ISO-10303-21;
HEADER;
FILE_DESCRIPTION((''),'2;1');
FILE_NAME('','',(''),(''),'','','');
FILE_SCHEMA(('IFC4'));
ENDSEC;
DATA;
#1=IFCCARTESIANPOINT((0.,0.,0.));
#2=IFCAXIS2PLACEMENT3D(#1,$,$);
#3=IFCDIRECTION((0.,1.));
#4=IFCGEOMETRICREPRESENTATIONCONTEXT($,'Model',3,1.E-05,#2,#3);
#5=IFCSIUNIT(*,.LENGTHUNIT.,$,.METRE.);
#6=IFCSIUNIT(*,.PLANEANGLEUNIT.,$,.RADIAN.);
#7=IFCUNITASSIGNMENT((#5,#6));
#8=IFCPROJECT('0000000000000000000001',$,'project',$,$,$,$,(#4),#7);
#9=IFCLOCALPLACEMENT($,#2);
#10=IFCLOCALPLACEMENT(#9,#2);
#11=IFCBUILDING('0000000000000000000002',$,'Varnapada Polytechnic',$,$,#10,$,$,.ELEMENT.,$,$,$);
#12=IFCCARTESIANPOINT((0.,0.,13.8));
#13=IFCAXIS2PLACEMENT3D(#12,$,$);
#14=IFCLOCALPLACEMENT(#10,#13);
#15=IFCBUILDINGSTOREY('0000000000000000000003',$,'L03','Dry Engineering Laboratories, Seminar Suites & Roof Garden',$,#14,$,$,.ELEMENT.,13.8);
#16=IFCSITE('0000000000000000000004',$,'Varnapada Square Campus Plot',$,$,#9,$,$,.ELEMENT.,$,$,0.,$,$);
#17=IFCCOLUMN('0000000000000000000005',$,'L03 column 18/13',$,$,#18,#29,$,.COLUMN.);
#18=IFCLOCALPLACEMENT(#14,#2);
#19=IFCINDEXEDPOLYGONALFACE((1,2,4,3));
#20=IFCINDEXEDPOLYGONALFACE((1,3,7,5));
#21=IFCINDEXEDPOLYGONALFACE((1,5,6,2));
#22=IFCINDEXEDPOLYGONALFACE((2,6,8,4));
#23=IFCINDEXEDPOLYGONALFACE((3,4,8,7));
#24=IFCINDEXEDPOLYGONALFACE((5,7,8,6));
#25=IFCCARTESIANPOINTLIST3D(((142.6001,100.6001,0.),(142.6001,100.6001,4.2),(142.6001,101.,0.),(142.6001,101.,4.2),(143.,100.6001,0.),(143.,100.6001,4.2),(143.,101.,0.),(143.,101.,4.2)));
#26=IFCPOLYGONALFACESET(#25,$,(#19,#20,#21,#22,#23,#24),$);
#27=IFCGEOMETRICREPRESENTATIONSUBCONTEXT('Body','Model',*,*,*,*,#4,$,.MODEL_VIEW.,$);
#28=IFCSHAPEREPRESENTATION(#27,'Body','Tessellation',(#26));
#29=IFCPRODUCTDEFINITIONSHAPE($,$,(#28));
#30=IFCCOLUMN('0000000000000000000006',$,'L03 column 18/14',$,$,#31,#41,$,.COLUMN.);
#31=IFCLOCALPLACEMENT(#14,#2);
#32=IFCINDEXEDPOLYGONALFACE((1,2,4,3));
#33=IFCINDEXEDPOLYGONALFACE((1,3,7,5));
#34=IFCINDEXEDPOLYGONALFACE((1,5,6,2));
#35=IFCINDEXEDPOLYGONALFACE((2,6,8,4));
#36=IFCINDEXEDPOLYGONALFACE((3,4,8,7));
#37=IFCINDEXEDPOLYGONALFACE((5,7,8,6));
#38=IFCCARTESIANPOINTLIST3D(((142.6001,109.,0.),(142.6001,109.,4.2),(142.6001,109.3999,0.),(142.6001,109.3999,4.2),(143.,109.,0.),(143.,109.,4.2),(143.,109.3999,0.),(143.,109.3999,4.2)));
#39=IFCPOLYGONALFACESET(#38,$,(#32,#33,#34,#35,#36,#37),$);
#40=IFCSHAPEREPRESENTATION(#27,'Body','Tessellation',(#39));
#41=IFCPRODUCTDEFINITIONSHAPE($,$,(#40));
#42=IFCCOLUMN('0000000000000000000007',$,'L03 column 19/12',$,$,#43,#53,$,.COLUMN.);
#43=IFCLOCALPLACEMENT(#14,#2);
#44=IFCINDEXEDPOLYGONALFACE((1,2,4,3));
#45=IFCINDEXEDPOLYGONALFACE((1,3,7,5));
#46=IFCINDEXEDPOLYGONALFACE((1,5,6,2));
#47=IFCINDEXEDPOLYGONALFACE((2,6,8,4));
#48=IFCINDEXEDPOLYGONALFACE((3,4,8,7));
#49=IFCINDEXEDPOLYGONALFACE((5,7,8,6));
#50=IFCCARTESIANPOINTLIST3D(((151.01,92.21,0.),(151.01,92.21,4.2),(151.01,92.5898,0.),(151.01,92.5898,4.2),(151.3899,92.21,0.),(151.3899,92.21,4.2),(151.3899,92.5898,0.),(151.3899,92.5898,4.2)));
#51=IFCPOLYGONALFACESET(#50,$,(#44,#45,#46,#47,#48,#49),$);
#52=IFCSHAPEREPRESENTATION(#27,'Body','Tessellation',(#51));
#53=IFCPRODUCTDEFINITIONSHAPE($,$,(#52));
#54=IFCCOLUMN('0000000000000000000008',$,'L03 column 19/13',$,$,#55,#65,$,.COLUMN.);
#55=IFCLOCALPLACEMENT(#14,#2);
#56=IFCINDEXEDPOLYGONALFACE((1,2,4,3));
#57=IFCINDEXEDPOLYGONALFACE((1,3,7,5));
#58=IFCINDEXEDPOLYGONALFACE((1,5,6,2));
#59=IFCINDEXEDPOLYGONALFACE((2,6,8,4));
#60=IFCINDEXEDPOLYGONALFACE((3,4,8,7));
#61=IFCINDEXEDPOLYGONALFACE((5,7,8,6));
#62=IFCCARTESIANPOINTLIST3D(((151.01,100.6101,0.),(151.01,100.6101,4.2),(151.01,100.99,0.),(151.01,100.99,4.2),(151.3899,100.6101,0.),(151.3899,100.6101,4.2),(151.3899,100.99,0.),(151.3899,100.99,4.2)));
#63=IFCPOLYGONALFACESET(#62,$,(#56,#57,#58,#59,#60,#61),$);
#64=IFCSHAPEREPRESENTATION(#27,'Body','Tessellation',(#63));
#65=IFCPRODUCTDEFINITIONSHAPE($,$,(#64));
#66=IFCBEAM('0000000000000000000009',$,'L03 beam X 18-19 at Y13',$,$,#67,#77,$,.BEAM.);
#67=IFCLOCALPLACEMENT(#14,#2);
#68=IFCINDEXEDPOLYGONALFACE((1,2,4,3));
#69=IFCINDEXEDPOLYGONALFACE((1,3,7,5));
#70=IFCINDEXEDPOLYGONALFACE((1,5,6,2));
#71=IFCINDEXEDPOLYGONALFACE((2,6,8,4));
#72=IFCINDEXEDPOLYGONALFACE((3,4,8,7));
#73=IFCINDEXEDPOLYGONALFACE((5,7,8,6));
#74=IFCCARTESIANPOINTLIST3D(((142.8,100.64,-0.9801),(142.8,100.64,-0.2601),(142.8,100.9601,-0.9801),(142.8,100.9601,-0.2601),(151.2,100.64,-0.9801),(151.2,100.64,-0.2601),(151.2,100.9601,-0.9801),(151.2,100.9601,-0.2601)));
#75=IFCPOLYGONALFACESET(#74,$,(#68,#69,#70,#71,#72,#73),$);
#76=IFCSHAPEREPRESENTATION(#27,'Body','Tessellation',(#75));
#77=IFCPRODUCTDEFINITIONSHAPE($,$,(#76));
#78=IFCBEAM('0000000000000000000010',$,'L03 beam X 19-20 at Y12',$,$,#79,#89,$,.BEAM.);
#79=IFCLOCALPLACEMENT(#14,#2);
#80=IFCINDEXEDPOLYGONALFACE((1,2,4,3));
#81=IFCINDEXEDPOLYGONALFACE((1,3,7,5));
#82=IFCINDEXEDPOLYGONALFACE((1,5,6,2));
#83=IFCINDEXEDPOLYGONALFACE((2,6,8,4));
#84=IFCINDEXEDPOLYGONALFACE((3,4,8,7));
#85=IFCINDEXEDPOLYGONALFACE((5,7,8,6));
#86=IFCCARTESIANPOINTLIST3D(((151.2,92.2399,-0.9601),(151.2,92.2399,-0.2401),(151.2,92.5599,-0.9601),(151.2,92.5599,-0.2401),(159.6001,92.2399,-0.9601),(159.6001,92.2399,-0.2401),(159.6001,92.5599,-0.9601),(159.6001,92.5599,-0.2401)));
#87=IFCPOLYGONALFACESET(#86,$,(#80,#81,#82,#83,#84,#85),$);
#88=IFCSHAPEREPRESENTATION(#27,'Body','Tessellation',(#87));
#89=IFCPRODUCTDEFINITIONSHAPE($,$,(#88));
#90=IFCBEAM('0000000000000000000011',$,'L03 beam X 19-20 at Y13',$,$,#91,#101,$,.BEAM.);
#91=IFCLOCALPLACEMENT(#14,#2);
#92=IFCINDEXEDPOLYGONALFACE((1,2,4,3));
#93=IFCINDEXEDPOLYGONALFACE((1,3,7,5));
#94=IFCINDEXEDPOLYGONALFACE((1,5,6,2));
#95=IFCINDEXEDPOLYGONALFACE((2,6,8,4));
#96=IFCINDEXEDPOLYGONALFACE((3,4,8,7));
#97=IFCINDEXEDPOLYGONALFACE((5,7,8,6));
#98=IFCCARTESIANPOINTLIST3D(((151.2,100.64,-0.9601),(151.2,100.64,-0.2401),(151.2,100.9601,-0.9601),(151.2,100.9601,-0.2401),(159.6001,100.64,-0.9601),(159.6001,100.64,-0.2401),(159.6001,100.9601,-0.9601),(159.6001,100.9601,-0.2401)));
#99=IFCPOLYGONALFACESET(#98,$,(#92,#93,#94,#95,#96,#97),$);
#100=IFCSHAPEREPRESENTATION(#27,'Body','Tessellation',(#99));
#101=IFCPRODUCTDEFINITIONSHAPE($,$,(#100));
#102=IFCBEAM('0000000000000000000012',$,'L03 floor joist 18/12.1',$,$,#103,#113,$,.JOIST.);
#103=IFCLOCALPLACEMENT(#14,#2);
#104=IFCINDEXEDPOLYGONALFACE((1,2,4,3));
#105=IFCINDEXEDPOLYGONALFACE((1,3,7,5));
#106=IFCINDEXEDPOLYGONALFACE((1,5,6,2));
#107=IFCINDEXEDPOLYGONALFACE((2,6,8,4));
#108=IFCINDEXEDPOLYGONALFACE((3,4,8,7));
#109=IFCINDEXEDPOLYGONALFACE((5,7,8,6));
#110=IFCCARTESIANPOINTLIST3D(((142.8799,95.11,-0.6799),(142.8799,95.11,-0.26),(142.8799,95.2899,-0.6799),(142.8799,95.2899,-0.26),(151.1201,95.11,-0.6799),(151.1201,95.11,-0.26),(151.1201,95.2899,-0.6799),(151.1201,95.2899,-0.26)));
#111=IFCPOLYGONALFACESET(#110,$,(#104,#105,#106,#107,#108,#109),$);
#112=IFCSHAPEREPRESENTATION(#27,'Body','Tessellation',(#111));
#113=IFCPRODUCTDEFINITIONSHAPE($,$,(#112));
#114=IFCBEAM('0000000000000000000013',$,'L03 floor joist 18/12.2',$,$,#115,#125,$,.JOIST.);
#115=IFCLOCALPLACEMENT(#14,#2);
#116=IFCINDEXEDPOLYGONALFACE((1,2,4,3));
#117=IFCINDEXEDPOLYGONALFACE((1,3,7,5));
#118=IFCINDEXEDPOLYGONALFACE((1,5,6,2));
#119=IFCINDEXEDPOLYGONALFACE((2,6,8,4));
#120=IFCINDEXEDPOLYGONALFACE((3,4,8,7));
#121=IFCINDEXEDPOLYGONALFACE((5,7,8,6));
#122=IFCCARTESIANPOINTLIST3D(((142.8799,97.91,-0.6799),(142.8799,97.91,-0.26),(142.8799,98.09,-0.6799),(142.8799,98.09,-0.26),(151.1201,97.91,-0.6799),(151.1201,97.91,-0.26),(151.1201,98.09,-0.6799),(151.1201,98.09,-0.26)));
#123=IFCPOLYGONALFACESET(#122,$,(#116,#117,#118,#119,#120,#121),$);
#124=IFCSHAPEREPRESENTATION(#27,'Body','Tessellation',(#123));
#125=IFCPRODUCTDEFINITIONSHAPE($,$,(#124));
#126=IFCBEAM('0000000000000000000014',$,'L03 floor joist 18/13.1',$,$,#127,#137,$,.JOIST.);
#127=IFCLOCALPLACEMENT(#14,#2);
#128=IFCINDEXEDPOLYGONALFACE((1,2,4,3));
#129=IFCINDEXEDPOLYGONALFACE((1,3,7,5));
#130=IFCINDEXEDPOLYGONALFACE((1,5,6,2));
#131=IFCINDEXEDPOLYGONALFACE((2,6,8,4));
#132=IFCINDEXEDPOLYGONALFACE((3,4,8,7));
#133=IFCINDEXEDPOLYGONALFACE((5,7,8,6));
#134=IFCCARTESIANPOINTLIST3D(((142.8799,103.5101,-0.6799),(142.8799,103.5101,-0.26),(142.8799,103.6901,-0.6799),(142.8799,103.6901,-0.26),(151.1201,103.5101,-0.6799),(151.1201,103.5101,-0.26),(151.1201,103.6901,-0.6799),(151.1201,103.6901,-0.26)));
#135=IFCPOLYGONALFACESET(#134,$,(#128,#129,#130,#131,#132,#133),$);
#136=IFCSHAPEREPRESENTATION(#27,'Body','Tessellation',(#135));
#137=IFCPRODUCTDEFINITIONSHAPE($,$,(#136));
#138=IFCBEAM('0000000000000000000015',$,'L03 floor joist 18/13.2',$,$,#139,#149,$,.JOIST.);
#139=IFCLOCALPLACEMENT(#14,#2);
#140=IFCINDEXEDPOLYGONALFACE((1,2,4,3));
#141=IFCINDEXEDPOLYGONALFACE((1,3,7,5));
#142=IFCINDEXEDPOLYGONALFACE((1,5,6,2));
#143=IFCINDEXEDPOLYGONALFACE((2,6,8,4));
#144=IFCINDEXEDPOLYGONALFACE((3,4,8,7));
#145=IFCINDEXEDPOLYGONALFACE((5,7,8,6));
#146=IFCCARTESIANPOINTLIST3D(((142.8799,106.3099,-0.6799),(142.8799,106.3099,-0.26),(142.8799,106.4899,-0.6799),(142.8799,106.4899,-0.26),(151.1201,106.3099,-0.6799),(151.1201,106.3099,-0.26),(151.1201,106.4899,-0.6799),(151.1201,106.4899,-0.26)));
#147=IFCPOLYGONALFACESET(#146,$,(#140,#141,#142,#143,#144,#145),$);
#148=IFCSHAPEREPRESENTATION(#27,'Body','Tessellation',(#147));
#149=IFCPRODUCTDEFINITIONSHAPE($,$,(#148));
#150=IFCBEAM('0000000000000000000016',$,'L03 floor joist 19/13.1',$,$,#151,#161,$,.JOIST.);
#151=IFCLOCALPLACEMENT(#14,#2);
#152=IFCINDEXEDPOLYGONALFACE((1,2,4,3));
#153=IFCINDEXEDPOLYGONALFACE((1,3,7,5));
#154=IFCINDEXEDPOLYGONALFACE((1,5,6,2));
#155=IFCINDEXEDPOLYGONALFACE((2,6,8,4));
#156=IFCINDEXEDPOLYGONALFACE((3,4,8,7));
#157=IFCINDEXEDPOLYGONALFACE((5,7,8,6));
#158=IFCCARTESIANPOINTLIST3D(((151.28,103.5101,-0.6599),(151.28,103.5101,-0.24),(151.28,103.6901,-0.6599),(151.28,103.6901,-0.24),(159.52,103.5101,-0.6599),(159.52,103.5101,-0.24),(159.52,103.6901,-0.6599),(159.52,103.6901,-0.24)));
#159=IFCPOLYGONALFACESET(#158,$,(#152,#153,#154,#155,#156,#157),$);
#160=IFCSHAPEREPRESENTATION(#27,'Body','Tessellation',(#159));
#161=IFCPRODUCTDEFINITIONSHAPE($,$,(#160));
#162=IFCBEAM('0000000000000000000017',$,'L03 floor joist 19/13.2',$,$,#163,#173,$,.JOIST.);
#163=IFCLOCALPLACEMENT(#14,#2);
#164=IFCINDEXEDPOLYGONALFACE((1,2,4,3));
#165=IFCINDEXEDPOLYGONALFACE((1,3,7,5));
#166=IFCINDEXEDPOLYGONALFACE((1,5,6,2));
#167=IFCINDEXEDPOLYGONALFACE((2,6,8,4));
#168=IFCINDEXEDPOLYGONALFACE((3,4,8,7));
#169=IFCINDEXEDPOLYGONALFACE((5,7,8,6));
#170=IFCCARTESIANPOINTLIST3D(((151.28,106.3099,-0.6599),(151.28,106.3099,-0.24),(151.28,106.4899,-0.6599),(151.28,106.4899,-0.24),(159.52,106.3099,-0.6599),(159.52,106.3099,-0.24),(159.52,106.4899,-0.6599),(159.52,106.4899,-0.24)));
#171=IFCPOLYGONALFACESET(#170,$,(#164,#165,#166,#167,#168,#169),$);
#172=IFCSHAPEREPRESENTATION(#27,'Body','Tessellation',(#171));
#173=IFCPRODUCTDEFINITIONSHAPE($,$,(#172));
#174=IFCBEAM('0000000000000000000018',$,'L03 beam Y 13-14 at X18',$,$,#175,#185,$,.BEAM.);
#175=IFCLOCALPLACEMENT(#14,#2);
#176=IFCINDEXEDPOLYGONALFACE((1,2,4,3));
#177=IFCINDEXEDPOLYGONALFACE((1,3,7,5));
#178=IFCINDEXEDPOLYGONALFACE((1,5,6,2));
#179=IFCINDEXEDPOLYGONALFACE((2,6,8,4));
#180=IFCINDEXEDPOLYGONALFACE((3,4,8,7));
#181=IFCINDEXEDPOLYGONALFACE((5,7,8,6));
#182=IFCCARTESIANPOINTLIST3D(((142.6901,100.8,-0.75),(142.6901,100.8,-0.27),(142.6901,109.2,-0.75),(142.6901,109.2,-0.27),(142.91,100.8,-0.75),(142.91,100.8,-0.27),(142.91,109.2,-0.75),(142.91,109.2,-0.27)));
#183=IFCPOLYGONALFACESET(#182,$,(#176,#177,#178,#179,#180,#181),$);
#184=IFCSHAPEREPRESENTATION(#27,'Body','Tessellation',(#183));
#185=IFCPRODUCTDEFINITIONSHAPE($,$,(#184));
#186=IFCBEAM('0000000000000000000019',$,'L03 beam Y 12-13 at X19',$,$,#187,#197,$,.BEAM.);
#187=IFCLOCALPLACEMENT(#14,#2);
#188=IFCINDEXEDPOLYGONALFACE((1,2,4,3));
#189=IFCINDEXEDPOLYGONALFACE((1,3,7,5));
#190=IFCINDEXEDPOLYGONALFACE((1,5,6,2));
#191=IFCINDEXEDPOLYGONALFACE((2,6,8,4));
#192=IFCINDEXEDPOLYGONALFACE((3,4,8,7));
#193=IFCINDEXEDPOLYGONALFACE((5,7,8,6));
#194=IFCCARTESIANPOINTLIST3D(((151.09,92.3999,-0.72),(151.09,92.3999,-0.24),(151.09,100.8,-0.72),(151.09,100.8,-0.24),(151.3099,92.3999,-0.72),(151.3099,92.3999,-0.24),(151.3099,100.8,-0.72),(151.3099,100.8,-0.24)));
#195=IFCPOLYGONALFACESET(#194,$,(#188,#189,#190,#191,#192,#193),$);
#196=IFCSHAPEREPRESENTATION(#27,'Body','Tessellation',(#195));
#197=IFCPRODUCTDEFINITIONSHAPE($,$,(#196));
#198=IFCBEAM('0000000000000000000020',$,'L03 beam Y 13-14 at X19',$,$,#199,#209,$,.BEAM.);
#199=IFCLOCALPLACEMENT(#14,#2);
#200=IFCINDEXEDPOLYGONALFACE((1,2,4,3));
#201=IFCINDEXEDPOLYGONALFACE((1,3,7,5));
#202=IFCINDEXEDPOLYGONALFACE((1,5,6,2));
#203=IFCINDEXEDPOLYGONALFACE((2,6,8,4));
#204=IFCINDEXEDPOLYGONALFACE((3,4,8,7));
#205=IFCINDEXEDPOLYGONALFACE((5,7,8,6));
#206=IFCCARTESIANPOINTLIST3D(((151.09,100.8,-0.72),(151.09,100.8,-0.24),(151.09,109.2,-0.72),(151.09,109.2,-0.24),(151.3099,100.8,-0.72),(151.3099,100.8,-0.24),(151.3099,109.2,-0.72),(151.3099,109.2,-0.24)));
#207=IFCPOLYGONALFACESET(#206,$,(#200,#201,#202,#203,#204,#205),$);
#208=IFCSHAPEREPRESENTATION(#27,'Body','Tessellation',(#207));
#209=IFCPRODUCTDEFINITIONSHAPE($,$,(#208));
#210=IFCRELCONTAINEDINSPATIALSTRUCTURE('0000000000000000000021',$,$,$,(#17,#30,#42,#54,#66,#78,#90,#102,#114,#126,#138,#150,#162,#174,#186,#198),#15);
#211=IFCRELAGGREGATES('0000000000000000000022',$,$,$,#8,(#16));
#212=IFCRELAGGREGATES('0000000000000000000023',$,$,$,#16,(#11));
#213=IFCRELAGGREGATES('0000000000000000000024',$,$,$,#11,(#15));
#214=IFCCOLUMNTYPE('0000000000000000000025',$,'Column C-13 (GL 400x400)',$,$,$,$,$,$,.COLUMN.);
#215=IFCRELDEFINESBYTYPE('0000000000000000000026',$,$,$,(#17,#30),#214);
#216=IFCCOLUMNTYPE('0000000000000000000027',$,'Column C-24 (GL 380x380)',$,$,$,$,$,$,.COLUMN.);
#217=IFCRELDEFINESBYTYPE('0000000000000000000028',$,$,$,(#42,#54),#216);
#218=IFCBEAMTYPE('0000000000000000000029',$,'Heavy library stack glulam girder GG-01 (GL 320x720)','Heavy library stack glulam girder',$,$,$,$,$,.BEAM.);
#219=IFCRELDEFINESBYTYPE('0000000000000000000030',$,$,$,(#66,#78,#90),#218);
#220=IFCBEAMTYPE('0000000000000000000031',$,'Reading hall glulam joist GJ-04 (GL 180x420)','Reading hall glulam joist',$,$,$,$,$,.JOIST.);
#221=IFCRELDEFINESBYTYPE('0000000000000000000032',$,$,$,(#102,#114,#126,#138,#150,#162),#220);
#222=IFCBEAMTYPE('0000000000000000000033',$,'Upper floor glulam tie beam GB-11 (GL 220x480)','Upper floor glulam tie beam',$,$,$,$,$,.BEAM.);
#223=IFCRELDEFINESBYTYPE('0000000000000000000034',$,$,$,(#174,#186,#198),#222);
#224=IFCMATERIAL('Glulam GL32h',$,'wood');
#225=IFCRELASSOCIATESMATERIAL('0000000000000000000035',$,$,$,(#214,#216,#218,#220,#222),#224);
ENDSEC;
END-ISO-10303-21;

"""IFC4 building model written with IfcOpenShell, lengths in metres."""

from ifc_helpers import new_model, si_unit, direction, frame, origin, origin_2d, place, context, subcontext, project, spatial, rectangle, extrude, material, material_profile, profile_set, type_object, element, save


model = new_model("IFC4")

# Units and contexts
model_context = context("Model", 3, precision=1e-05, world=origin(), true_north=direction((0.0, 1.0)))
body_context = subcontext(model_context, "Body", "Model", "MODEL_VIEW")
ifc_project = project(units=[si_unit("LENGTHUNIT", "METRE"), si_unit("PLANEANGLEUNIT", "RADIAN")], contexts=[model_context])

# Site, building, storey
site_placement = place(None, origin())
site = spatial("IfcSite", under=ifc_project, at=site_placement, Name="Varnapada Square Campus Plot", CompositionType="ELEMENT", RefElevation=0.0)
building_placement = place(site_placement, origin())
building = spatial("IfcBuilding", under=site, at=building_placement, Name="Varnapada Polytechnic", CompositionType="ELEMENT")
storey_placement = place(building_placement, frame((0.0, 0.0, 13.8)))
storey = spatial("IfcBuildingStorey", under=building, at=storey_placement, Name="L03", Description="Dry Engineering Laboratories, Seminar Suites & Roof Garden", CompositionType="ELEMENT", Elevation=13.8)

# Columns
ifc_material_1 = material(Name="Glulam GL32h", Category="wood")
ifc_material_profile_1 = material_profile(ifc_material_1, rectangle(XDim=0.3999, YDim=0.3999, at=origin_2d()), Name="GL 400x400")
ifc_profile_set_1 = profile_set([ifc_material_profile_1], Name="Glulam GL32h")
column_type_1 = type_object("IfcColumnType", Name="Column C-13 (GL 400x400)", PredefinedType="COLUMN", material=ifc_profile_set_1)
for number, where, z_axis, x_axis, name in (
    (1, (142.8, 100.8, 0.0), (0.0, 0.0, 1.0), (1.0, 0.0, 0.0), "L03 column 18/13"),
    (2, (142.8, 109.2, 0.0), (0.0, 0.0, 1.0), (1.0, 0.0, 0.0), "L03 column 18/14"),
):
    element("IfcColumn", number, at=place(storey_placement, frame(where, z_axis=z_axis, x_axis=x_axis)), inside=storey, type_object=column_type_1, Name=name, PredefinedType="COLUMN", context=body_context, shape_type="SweptSolid", body=[
        extrude(rectangle(XDim=0.3999, YDim=0.3999, at=origin_2d()), origin(), (0.0, 0.0, 1.0), 4.2),
    ])
ifc_material_profile_2 = material_profile(ifc_material_1, rectangle(XDim=0.3799, YDim=0.3799, at=origin_2d()), Name="GL 380x380")
ifc_profile_set_2 = profile_set([ifc_material_profile_2], Name="Glulam GL32h")
column_type_2 = type_object("IfcColumnType", Name="Column C-24 (GL 380x380)", PredefinedType="COLUMN", material=ifc_profile_set_2)
for number, where, z_axis, x_axis, name in (
    (3, (151.2, 92.3999, 0.0), (0.0, 0.0, 1.0), (1.0, 0.0, 0.0), "L03 column 19/12"),
    (4, (151.2, 100.8, 0.0), (0.0, 0.0, 1.0), (1.0, 0.0, 0.0), "L03 column 19/13"),
):
    element("IfcColumn", number, at=place(storey_placement, frame(where, z_axis=z_axis, x_axis=x_axis)), inside=storey, type_object=column_type_2, Name=name, PredefinedType="COLUMN", context=body_context, shape_type="SweptSolid", body=[
        extrude(rectangle(XDim=0.3799, YDim=0.3799, at=origin_2d()), origin(), (0.0, 0.0, 1.0), 4.2),
    ])

# Beams
ifc_material_profile_3 = material_profile(ifc_material_1, rectangle(XDim=0.3201, YDim=0.72, at=origin_2d()), Name="GL 320x720")
ifc_profile_set_3 = profile_set([ifc_material_profile_3], Name="Glulam GL32h")
beam_type_1 = type_object("IfcBeamType", Name="Heavy library stack glulam girder GG-01 (GL 320x720)", Description="Heavy library stack glulam girder", PredefinedType="BEAM", material=ifc_profile_set_3)
beam_1_placement = place(storey_placement, frame((142.8, 100.8, -0.6201), z_axis=(1.0, 0.0, 0.0), x_axis=(0.0, 1.0, 0.0)))
element("IfcBeam", 5, at=beam_1_placement, inside=storey, type_object=beam_type_1, Name="L03 beam X 18-19 at Y13", PredefinedType="BEAM", context=body_context, shape_type="SweptSolid", body=[
    extrude(rectangle(XDim=0.3201, YDim=0.72, at=origin_2d()), origin(), (0.0, 0.0, 1.0), 8.3999),
])
for number, where, z_axis, x_axis, name in (
    (6, (151.2, 92.3999, -0.6001), (1.0, 0.0, 0.0), (0.0, 1.0, 0.0), "L03 beam X 19-20 at Y12"),
    (7, (151.2, 100.8, -0.6001), (1.0, 0.0, 0.0), (0.0, 1.0, 0.0), "L03 beam X 19-20 at Y13"),
):
    element("IfcBeam", number, at=place(storey_placement, frame(where, z_axis=z_axis, x_axis=x_axis)), inside=storey, type_object=beam_type_1, Name=name, PredefinedType="BEAM", context=body_context, shape_type="SweptSolid", body=[
        extrude(rectangle(XDim=0.3201, YDim=0.72, at=origin_2d()), origin(), (0.0, 0.0, 1.0), 8.4001),
    ])
ifc_material_profile_4 = material_profile(ifc_material_1, rectangle(XDim=0.1799, YDim=0.4199, at=origin_2d()), Name="GL 180x420")
ifc_profile_set_4 = profile_set([ifc_material_profile_4], Name="Glulam GL32h")
beam_type_2 = type_object("IfcBeamType", Name="Reading hall glulam joist GJ-04 (GL 180x420)", Description="Reading hall glulam joist", PredefinedType="JOIST", material=ifc_profile_set_4)
for number, where, z_axis, x_axis, name in (
    (8, (142.8799, 95.2, -0.47), (1.0, 0.0, 0.0), (0.0, 1.0, 0.0), "L03 floor joist 18/12.1"),
    (9, (142.8799, 98.0, -0.47), (1.0, 0.0, 0.0), (0.0, 1.0, 0.0), "L03 floor joist 18/12.2"),
    (10, (142.8799, 103.6001, -0.47), (1.0, 0.0, 0.0), (0.0, 1.0, 0.0), "L03 floor joist 18/13.1"),
    (11, (142.8799, 106.3999, -0.47), (1.0, 0.0, 0.0), (0.0, 1.0, 0.0), "L03 floor joist 18/13.2"),
):
    element("IfcBeam", number, at=place(storey_placement, frame(where, z_axis=z_axis, x_axis=x_axis)), inside=storey, type_object=beam_type_2, Name=name, PredefinedType="JOIST", context=body_context, shape_type="SweptSolid", body=[
        extrude(rectangle(XDim=0.1799, YDim=0.4199, at=origin_2d()), origin(), (0.0, 0.0, 1.0), 8.2402),
    ])
for number, where, z_axis, x_axis, name in (
    (12, (151.28, 103.6001, -0.45), (1.0, 0.0, 0.0), (0.0, 1.0, 0.0), "L03 floor joist 19/13.1"),
    (13, (151.28, 106.3999, -0.45), (1.0, 0.0, 0.0), (0.0, 1.0, 0.0), "L03 floor joist 19/13.2"),
):
    element("IfcBeam", number, at=place(storey_placement, frame(where, z_axis=z_axis, x_axis=x_axis)), inside=storey, type_object=beam_type_2, Name=name, PredefinedType="JOIST", context=body_context, shape_type="SweptSolid", body=[
        extrude(rectangle(XDim=0.1799, YDim=0.4199, at=origin_2d()), origin(), (0.0, 0.0, 1.0), 8.24),
    ])
ifc_material_profile_5 = material_profile(ifc_material_1, rectangle(XDim=0.22, YDim=0.48, at=origin_2d()), Name="GL 220x480")
ifc_profile_set_5 = profile_set([ifc_material_profile_5], Name="Glulam GL32h")
beam_type_3 = type_object("IfcBeamType", Name="Upper floor glulam tie beam GB-11 (GL 220x480)", Description="Upper floor glulam tie beam", PredefinedType="BEAM", material=ifc_profile_set_5)
beam_2_placement = place(storey_placement, frame((142.8, 100.8, -0.51), z_axis=(0.0, 1.0, 0.0), x_axis=(-1.0, 0.0, 0.0)))
element("IfcBeam", 14, at=beam_2_placement, inside=storey, type_object=beam_type_3, Name="L03 beam Y 13-14 at X18", PredefinedType="BEAM", context=body_context, shape_type="SweptSolid", body=[
    extrude(rectangle(XDim=0.22, YDim=0.48, at=origin_2d()), origin(), (0.0, 0.0, 1.0), 8.3999),
])
beam_3_placement = place(storey_placement, frame((151.2, 92.3999, -0.48), z_axis=(0.0, 1.0, 0.0), x_axis=(-1.0, 0.0, 0.0)))
element("IfcBeam", 15, at=beam_3_placement, inside=storey, type_object=beam_type_3, Name="L03 beam Y 12-13 at X19", PredefinedType="BEAM", context=body_context, shape_type="SweptSolid", body=[
    extrude(rectangle(XDim=0.22, YDim=0.48, at=origin_2d()), origin(), (0.0, 0.0, 1.0), 8.4001),
])
beam_4_placement = place(storey_placement, frame((151.2, 100.8, -0.48), z_axis=(0.0, 1.0, 0.0), x_axis=(-1.0, 0.0, 0.0)))
element("IfcBeam", 16, at=beam_4_placement, inside=storey, type_object=beam_type_3, Name="L03 beam Y 13-14 at X19", PredefinedType="BEAM", context=body_context, shape_type="SweptSolid", body=[
    extrude(rectangle(XDim=0.22, YDim=0.48, at=origin_2d()), origin(), (0.0, 0.0, 1.0), 8.3999),
])

save(model, "model.ifc")
